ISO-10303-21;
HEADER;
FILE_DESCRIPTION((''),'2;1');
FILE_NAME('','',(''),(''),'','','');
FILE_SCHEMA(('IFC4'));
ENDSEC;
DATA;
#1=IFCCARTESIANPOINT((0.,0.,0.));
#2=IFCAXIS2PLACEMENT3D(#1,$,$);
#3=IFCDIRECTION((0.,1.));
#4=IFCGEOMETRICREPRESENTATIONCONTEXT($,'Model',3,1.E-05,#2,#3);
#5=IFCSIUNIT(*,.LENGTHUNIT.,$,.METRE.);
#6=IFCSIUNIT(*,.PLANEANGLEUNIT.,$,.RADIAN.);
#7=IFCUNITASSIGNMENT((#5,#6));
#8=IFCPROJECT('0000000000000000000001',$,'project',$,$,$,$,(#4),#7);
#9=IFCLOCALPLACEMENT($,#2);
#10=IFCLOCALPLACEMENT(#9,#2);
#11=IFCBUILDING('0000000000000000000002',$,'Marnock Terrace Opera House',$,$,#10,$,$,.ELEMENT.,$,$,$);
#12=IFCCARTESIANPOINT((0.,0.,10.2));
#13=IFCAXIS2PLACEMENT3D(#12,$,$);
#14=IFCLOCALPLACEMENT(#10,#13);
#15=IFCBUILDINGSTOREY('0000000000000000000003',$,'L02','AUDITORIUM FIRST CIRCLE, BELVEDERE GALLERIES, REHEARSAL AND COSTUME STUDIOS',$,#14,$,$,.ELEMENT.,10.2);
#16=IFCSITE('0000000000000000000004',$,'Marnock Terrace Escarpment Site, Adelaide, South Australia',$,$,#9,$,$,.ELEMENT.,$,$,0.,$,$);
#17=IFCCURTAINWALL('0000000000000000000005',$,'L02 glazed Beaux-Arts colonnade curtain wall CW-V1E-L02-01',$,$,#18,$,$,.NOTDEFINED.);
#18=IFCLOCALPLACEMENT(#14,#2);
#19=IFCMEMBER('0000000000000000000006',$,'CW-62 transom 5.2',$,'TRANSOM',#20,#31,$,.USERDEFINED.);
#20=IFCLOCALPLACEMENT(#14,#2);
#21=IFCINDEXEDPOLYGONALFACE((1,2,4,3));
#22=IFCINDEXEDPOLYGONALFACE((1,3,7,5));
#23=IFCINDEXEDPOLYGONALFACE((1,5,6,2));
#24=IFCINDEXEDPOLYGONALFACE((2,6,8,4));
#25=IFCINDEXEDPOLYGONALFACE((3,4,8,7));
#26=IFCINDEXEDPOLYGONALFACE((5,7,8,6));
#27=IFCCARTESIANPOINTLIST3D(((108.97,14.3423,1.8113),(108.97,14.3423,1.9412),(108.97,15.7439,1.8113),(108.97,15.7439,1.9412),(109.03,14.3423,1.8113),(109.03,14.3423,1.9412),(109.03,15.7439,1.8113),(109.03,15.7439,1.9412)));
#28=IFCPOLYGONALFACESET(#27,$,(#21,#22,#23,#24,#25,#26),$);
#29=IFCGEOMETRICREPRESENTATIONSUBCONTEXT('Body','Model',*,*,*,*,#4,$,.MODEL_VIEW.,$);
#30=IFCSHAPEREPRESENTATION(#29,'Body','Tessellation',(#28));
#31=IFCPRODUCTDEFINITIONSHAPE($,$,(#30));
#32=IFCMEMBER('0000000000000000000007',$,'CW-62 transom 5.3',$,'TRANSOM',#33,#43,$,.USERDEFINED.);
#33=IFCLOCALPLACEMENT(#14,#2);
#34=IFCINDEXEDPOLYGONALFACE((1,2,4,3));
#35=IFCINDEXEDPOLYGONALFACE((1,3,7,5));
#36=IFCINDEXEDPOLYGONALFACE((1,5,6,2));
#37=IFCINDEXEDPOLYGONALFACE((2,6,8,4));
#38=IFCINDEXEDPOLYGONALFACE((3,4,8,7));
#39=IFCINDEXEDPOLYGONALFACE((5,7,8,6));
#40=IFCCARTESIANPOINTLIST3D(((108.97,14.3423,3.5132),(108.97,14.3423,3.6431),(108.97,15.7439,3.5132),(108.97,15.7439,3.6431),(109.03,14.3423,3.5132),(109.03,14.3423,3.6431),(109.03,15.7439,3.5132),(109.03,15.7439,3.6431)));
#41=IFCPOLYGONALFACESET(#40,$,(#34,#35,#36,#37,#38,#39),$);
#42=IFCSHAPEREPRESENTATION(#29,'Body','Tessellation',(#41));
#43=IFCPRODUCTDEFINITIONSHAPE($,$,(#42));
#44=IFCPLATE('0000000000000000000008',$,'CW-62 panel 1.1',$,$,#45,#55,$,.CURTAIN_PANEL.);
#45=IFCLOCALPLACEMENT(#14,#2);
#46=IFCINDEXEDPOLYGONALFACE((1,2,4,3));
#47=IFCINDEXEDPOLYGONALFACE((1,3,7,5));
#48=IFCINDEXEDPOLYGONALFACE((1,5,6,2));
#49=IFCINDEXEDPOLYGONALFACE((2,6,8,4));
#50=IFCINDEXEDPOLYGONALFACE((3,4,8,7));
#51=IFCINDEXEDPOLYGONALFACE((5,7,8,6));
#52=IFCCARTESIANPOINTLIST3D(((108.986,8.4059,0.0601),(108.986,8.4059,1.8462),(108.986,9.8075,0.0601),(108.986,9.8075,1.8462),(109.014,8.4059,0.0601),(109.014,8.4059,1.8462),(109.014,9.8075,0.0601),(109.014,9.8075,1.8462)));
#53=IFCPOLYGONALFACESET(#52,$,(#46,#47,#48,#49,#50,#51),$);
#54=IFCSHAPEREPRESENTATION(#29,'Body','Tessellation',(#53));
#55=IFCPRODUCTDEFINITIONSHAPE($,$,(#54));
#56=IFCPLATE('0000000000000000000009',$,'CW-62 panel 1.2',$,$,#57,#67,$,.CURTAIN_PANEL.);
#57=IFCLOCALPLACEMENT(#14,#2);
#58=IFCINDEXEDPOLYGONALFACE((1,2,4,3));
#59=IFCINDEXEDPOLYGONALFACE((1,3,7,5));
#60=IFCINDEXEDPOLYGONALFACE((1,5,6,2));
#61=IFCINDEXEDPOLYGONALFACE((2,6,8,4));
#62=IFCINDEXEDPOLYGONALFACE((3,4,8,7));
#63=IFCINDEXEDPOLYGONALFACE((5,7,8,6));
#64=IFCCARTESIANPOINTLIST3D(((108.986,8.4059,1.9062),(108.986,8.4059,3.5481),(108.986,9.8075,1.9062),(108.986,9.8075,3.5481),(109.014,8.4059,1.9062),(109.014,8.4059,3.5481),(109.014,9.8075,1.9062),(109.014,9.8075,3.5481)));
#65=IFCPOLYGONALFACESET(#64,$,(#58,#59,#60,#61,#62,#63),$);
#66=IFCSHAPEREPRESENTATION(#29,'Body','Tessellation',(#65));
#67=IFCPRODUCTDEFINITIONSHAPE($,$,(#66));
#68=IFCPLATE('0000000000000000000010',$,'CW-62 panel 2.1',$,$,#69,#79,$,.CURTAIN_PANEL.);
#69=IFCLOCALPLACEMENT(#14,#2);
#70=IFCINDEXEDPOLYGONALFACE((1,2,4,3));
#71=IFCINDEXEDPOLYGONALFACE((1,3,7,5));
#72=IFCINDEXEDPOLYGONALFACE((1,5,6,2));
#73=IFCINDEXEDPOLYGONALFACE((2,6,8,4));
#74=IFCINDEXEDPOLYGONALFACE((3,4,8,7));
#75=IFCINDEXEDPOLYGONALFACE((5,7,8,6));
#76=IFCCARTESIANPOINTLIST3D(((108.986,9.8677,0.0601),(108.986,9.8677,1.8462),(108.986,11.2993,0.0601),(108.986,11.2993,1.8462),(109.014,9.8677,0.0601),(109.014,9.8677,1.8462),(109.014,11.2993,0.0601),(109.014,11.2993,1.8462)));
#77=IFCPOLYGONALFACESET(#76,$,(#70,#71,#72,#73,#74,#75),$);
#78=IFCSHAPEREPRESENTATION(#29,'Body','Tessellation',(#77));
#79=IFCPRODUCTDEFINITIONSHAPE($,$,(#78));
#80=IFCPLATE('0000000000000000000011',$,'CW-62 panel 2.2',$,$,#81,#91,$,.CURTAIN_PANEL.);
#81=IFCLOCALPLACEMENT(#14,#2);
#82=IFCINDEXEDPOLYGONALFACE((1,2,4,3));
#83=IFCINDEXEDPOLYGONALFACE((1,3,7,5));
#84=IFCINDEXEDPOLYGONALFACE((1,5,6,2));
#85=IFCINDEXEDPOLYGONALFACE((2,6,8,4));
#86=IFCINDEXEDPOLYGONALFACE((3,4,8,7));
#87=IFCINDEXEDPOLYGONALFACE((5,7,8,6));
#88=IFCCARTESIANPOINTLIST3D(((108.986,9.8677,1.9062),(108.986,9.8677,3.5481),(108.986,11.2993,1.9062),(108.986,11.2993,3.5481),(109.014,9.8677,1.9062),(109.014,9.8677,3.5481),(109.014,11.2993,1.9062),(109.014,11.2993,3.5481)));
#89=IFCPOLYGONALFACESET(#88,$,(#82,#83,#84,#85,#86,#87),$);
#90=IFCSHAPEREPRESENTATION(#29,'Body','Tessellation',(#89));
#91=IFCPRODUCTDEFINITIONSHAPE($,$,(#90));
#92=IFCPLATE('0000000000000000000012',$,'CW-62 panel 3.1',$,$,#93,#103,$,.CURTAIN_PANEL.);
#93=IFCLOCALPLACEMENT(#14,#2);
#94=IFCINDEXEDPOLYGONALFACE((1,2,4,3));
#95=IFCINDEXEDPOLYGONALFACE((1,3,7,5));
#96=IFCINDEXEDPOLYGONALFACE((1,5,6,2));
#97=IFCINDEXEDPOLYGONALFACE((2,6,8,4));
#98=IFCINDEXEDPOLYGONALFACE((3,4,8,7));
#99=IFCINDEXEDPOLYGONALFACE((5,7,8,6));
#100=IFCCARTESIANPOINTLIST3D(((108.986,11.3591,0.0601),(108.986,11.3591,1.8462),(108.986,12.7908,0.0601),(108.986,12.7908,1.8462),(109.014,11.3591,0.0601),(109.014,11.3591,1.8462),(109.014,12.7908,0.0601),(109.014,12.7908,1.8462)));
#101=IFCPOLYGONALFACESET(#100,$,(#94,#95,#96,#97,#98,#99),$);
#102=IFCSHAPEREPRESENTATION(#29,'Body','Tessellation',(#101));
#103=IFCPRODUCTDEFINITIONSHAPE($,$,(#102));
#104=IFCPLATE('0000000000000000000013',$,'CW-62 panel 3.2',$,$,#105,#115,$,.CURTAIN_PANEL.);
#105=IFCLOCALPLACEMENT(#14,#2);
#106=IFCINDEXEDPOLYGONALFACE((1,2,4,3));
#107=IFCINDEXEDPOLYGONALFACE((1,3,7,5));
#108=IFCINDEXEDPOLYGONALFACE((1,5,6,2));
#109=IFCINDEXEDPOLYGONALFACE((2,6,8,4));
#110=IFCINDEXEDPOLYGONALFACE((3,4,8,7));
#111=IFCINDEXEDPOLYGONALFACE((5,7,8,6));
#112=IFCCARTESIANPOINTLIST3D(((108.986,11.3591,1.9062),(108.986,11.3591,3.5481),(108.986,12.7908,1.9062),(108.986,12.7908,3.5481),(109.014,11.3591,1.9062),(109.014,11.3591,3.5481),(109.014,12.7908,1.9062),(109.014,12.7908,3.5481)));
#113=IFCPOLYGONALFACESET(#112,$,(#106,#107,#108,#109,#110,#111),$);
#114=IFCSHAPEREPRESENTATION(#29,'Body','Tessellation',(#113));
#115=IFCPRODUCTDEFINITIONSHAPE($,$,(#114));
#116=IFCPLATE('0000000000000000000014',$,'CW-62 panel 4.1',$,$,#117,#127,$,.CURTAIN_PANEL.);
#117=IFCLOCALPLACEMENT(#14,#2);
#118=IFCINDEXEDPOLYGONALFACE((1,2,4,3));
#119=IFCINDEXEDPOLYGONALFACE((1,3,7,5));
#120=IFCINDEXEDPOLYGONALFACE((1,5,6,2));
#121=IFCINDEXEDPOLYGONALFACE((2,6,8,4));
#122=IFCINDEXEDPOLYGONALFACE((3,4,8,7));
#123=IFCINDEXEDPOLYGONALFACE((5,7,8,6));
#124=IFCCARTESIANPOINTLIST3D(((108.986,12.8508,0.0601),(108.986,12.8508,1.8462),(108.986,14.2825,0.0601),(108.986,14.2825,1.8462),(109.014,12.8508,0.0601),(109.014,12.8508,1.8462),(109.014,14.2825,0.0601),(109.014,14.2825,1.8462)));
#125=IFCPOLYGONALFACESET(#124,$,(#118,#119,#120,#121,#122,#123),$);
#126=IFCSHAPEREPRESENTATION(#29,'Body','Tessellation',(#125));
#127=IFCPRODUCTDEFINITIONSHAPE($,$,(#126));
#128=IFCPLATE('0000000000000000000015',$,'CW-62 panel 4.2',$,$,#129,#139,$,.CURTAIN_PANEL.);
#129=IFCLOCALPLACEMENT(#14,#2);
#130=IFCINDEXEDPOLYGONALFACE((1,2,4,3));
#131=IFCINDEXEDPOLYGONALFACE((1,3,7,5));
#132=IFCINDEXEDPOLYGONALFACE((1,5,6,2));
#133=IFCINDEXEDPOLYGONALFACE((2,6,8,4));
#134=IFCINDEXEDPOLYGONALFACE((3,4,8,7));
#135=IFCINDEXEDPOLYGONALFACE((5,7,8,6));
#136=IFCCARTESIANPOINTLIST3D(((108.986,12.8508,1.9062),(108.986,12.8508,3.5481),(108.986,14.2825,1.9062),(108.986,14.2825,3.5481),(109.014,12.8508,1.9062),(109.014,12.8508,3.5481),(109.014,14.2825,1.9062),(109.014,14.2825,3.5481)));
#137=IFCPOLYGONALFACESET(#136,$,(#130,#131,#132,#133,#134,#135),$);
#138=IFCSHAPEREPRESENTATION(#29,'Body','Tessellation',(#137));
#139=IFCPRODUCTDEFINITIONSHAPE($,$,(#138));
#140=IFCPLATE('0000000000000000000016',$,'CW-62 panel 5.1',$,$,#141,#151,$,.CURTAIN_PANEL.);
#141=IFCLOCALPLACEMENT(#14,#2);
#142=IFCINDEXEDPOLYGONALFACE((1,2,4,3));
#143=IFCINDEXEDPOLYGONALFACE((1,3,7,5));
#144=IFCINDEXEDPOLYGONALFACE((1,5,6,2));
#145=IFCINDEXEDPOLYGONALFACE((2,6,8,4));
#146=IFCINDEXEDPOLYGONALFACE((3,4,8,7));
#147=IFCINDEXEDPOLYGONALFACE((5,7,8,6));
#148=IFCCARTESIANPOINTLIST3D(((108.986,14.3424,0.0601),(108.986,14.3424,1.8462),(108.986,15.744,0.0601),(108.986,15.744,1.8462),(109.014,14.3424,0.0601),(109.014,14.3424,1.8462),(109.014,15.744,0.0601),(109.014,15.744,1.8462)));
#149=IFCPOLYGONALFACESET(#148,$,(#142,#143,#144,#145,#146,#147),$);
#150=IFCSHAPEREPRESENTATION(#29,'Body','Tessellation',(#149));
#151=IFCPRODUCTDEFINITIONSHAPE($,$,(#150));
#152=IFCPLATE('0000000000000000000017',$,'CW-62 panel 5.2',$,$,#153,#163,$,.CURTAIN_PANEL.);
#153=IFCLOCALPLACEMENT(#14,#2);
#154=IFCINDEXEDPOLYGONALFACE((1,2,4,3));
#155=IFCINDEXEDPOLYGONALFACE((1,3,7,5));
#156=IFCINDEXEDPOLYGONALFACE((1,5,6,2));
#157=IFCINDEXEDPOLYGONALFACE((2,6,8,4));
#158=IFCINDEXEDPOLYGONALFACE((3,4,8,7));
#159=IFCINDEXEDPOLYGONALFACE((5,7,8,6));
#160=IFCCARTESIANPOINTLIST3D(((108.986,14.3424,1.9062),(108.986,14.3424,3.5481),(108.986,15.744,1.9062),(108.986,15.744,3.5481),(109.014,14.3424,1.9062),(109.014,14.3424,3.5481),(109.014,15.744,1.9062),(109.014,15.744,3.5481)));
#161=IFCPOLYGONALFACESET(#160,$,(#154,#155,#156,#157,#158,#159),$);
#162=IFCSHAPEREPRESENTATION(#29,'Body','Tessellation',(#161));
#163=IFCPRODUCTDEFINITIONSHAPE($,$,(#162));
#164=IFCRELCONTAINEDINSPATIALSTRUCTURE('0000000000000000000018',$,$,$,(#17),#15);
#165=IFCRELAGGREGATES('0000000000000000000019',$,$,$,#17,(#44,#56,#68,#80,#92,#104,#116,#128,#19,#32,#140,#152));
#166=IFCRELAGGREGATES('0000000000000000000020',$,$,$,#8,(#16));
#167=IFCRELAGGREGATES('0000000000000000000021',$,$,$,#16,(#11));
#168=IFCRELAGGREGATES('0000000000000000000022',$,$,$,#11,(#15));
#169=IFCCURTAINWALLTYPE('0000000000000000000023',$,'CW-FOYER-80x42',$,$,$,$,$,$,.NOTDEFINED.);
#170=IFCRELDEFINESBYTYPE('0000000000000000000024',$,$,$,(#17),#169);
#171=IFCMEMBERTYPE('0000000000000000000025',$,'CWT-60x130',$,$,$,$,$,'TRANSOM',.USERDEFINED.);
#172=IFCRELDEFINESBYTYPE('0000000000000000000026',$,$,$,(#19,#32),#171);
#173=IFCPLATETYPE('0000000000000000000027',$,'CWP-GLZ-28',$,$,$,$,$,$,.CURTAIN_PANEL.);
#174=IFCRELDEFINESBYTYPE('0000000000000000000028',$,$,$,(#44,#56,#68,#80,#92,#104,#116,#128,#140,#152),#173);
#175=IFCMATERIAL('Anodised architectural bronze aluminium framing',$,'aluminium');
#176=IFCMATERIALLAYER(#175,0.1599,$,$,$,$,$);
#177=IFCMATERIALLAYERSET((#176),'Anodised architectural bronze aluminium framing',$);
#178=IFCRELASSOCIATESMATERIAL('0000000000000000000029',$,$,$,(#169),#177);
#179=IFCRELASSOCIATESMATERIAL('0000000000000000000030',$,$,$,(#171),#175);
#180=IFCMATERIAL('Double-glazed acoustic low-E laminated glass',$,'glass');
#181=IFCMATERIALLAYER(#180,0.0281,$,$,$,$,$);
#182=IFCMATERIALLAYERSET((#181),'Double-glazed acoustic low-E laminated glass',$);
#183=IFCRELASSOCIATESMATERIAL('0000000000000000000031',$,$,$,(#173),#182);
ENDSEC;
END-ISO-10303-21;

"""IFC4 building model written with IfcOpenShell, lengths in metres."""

from ifc_helpers import new_model, si_unit, direction, frame, origin, origin_2d, place, context, subcontext, project, spatial, rectangle, extrude, material, layer, layer_set, material_profile, profile_set, type_object, element, aggregate, save


model = new_model("IFC4")

# Units and contexts
model_context = context("Model", 3, precision=1e-05, world=origin(), true_north=direction((0.0, 1.0)))
body_context = subcontext(model_context, "Body", "Model", "MODEL_VIEW")
ifc_project = project(units=[si_unit("LENGTHUNIT", "METRE"), si_unit("PLANEANGLEUNIT", "RADIAN")], contexts=[model_context])

# Site, building, storey
site_placement = place(None, origin())
site = spatial("IfcSite", under=ifc_project, at=site_placement, Name="Marnock Terrace Escarpment Site, Adelaide, South Australia", CompositionType="ELEMENT", RefElevation=0.0)
building_placement = place(site_placement, origin())
building = spatial("IfcBuilding", under=site, at=building_placement, Name="Marnock Terrace Opera House", CompositionType="ELEMENT")
storey_placement = place(building_placement, frame((0.0, 0.0, 10.2)))
storey = spatial("IfcBuildingStorey", under=building, at=storey_placement, Name="L02", Description="AUDITORIUM FIRST CIRCLE, BELVEDERE GALLERIES, REHEARSAL AND COSTUME STUDIOS", CompositionType="ELEMENT", Elevation=10.2)

# Curtain wall, members, plates
ifc_material_1 = material(Name="Anodised architectural bronze aluminium framing", Category="aluminium")
ifc_layer_1 = layer(ifc_material_1, 0.1599)
ifc_layer_set_1 = layer_set([ifc_layer_1], Name="Anodised architectural bronze aluminium framing")
curtain_wall_type = type_object("IfcCurtainWallType", Name="CW-FOYER-80x42", PredefinedType="NOTDEFINED", material=ifc_layer_set_1)
curtain_wall_placement = place(storey_placement, origin())
curtain_wall = element("IfcCurtainWall", 1, at=curtain_wall_placement, inside=storey, type_object=curtain_wall_type, Name="L02 glazed Beaux-Arts colonnade curtain wall CW-V1E-L02-01", PredefinedType="NOTDEFINED")
ifc_material_profile_1 = material_profile(ifc_material_1, rectangle(XDim=0.0601, YDim=0.1299, at=origin_2d()))
ifc_profile_set_1 = profile_set([ifc_material_profile_1], Name="Anodised architectural bronze aluminium framing")
member_type_1 = type_object("IfcMemberType", Name="CWT-60x130", ElementType="TRANSOM", PredefinedType="USERDEFINED", material=ifc_profile_set_1)
member_1_placement = place(storey_placement, frame((109.0, 14.3423, 1.8762), z_axis=(0.0, 1.0, 0.0), x_axis=(-1.0, 0.0, 0.0)))
member_1 = element("IfcMember", 2, at=member_1_placement, type_object=member_type_1, Name="CW-62 transom 5.2", ObjectType="TRANSOM", PredefinedType="USERDEFINED", context=body_context, shape_type="SweptSolid", body=[
    extrude(rectangle(XDim=0.0601, YDim=0.1299, at=origin_2d()), origin(), (0.0, 0.0, 1.0), 1.4016),
])
member_2_placement = place(storey_placement, frame((109.0, 14.3423, 3.5781), z_axis=(0.0, 1.0, 0.0), x_axis=(-1.0, 0.0, 0.0)))
member_2 = element("IfcMember", 3, at=member_2_placement, type_object=member_type_1, Name="CW-62 transom 5.3", ObjectType="TRANSOM", PredefinedType="USERDEFINED", context=body_context, shape_type="SweptSolid", body=[
    extrude(rectangle(XDim=0.0601, YDim=0.1299, at=origin_2d()), origin(), (0.0, 0.0, 1.0), 1.4016),
])
ifc_material_2 = material(Name="Double-glazed acoustic low-E laminated glass", Category="glass")
ifc_layer_2 = layer(ifc_material_2, 0.0281)
ifc_layer_set_2 = layer_set([ifc_layer_2], Name="Double-glazed acoustic low-E laminated glass")
plate_type = type_object("IfcPlateType", Name="CWP-GLZ-28", PredefinedType="CURTAIN_PANEL", material=ifc_layer_set_2)
plate_1_placement = place(storey_placement, frame((109.0, 9.1067, 0.0601), z_axis=(0.0, 0.0, 1.0), x_axis=(0.0, 1.0, 0.0)))
plate_1 = element("IfcPlate", 4, at=plate_1_placement, type_object=plate_type, Name="CW-62 panel 1.1", PredefinedType="CURTAIN_PANEL", context=body_context, shape_type="SweptSolid", body=[
    extrude(rectangle(XDim=1.4016, YDim=0.0281, at=origin_2d()), origin(), (0.0, 0.0, 1.0), 1.7861),
])
plate_2_placement = place(storey_placement, frame((109.0, 9.1067, 1.9062), z_axis=(0.0, 0.0, 1.0), x_axis=(0.0, 1.0, 0.0)))
plate_2 = element("IfcPlate", 5, at=plate_2_placement, type_object=plate_type, Name="CW-62 panel 1.2", PredefinedType="CURTAIN_PANEL", context=body_context, shape_type="SweptSolid", body=[
    extrude(rectangle(XDim=1.4016, YDim=0.0281, at=origin_2d()), origin(), (0.0, 0.0, 1.0), 1.6418),
])
plate_3_placement = place(storey_placement, frame((109.0, 10.5835, 0.0601), z_axis=(0.0, 0.0, 1.0), x_axis=(0.0, 1.0, 0.0)))
plate_3 = element("IfcPlate", 6, at=plate_3_placement, type_object=plate_type, Name="CW-62 panel 2.1", PredefinedType="CURTAIN_PANEL", context=body_context, shape_type="SweptSolid", body=[
    extrude(rectangle(XDim=1.4316, YDim=0.0281, at=origin_2d()), origin(), (0.0, 0.0, 1.0), 1.7861),
])
plate_4_placement = place(storey_placement, frame((109.0, 10.5835, 1.9062), z_axis=(0.0, 0.0, 1.0), x_axis=(0.0, 1.0, 0.0)))
plate_4 = element("IfcPlate", 7, at=plate_4_placement, type_object=plate_type, Name="CW-62 panel 2.2", PredefinedType="CURTAIN_PANEL", context=body_context, shape_type="SweptSolid", body=[
    extrude(rectangle(XDim=1.4316, YDim=0.0281, at=origin_2d()), origin(), (0.0, 0.0, 1.0), 1.6418),
])
plate_5_placement = place(storey_placement, frame((109.0, 12.075, 0.0601), z_axis=(0.0, 0.0, 1.0), x_axis=(0.0, 1.0, 0.0)))
plate_5 = element("IfcPlate", 8, at=plate_5_placement, type_object=plate_type, Name="CW-62 panel 3.1", PredefinedType="CURTAIN_PANEL", context=body_context, shape_type="SweptSolid", body=[
    extrude(rectangle(XDim=1.4316, YDim=0.0281, at=origin_2d()), origin(), (0.0, 0.0, 1.0), 1.7861),
])
plate_6_placement = place(storey_placement, frame((109.0, 12.075, 1.9062), z_axis=(0.0, 0.0, 1.0), x_axis=(0.0, 1.0, 0.0)))
plate_6 = element("IfcPlate", 9, at=plate_6_placement, type_object=plate_type, Name="CW-62 panel 3.2", PredefinedType="CURTAIN_PANEL", context=body_context, shape_type="SweptSolid", body=[
    extrude(rectangle(XDim=1.4316, YDim=0.0281, at=origin_2d()), origin(), (0.0, 0.0, 1.0), 1.6418),
])
plate_7_placement = place(storey_placement, frame((109.0, 13.5667, 0.0601), z_axis=(0.0, 0.0, 1.0), x_axis=(0.0, 1.0, 0.0)))
plate_7 = element("IfcPlate", 10, at=plate_7_placement, type_object=plate_type, Name="CW-62 panel 4.1", PredefinedType="CURTAIN_PANEL", context=body_context, shape_type="SweptSolid", body=[
    extrude(rectangle(XDim=1.4316, YDim=0.0281, at=origin_2d()), origin(), (0.0, 0.0, 1.0), 1.7861),
])
plate_8_placement = place(storey_placement, frame((109.0, 13.5667, 1.9062), z_axis=(0.0, 0.0, 1.0), x_axis=(0.0, 1.0, 0.0)))
plate_8 = element("IfcPlate", 11, at=plate_8_placement, type_object=plate_type, Name="CW-62 panel 4.2", PredefinedType="CURTAIN_PANEL", context=body_context, shape_type="SweptSolid", body=[
    extrude(rectangle(XDim=1.4316, YDim=0.0281, at=origin_2d()), origin(), (0.0, 0.0, 1.0), 1.6418),
])
plate_9_placement = place(storey_placement, frame((109.0, 15.0432, 0.0601), z_axis=(0.0, 0.0, 1.0), x_axis=(0.0, 1.0, 0.0)))
plate_9 = element("IfcPlate", 12, at=plate_9_placement, type_object=plate_type, Name="CW-62 panel 5.1", PredefinedType="CURTAIN_PANEL", context=body_context, shape_type="SweptSolid", body=[
    extrude(rectangle(XDim=1.4016, YDim=0.0281, at=origin_2d()), origin(), (0.0, 0.0, 1.0), 1.7861),
])
plate_10_placement = place(storey_placement, frame((109.0, 15.0432, 1.9062), z_axis=(0.0, 0.0, 1.0), x_axis=(0.0, 1.0, 0.0)))
plate_10 = element("IfcPlate", 13, at=plate_10_placement, type_object=plate_type, Name="CW-62 panel 5.2", PredefinedType="CURTAIN_PANEL", context=body_context, shape_type="SweptSolid", body=[
    extrude(rectangle(XDim=1.4016, YDim=0.0281, at=origin_2d()), origin(), (0.0, 0.0, 1.0), 1.6418),
])
aggregate(curtain_wall, [plate_1, plate_2, plate_3, plate_4, plate_5, plate_6, plate_7, plate_8, member_1, member_2, plate_9, plate_10])

save(model, "model.ifc")
